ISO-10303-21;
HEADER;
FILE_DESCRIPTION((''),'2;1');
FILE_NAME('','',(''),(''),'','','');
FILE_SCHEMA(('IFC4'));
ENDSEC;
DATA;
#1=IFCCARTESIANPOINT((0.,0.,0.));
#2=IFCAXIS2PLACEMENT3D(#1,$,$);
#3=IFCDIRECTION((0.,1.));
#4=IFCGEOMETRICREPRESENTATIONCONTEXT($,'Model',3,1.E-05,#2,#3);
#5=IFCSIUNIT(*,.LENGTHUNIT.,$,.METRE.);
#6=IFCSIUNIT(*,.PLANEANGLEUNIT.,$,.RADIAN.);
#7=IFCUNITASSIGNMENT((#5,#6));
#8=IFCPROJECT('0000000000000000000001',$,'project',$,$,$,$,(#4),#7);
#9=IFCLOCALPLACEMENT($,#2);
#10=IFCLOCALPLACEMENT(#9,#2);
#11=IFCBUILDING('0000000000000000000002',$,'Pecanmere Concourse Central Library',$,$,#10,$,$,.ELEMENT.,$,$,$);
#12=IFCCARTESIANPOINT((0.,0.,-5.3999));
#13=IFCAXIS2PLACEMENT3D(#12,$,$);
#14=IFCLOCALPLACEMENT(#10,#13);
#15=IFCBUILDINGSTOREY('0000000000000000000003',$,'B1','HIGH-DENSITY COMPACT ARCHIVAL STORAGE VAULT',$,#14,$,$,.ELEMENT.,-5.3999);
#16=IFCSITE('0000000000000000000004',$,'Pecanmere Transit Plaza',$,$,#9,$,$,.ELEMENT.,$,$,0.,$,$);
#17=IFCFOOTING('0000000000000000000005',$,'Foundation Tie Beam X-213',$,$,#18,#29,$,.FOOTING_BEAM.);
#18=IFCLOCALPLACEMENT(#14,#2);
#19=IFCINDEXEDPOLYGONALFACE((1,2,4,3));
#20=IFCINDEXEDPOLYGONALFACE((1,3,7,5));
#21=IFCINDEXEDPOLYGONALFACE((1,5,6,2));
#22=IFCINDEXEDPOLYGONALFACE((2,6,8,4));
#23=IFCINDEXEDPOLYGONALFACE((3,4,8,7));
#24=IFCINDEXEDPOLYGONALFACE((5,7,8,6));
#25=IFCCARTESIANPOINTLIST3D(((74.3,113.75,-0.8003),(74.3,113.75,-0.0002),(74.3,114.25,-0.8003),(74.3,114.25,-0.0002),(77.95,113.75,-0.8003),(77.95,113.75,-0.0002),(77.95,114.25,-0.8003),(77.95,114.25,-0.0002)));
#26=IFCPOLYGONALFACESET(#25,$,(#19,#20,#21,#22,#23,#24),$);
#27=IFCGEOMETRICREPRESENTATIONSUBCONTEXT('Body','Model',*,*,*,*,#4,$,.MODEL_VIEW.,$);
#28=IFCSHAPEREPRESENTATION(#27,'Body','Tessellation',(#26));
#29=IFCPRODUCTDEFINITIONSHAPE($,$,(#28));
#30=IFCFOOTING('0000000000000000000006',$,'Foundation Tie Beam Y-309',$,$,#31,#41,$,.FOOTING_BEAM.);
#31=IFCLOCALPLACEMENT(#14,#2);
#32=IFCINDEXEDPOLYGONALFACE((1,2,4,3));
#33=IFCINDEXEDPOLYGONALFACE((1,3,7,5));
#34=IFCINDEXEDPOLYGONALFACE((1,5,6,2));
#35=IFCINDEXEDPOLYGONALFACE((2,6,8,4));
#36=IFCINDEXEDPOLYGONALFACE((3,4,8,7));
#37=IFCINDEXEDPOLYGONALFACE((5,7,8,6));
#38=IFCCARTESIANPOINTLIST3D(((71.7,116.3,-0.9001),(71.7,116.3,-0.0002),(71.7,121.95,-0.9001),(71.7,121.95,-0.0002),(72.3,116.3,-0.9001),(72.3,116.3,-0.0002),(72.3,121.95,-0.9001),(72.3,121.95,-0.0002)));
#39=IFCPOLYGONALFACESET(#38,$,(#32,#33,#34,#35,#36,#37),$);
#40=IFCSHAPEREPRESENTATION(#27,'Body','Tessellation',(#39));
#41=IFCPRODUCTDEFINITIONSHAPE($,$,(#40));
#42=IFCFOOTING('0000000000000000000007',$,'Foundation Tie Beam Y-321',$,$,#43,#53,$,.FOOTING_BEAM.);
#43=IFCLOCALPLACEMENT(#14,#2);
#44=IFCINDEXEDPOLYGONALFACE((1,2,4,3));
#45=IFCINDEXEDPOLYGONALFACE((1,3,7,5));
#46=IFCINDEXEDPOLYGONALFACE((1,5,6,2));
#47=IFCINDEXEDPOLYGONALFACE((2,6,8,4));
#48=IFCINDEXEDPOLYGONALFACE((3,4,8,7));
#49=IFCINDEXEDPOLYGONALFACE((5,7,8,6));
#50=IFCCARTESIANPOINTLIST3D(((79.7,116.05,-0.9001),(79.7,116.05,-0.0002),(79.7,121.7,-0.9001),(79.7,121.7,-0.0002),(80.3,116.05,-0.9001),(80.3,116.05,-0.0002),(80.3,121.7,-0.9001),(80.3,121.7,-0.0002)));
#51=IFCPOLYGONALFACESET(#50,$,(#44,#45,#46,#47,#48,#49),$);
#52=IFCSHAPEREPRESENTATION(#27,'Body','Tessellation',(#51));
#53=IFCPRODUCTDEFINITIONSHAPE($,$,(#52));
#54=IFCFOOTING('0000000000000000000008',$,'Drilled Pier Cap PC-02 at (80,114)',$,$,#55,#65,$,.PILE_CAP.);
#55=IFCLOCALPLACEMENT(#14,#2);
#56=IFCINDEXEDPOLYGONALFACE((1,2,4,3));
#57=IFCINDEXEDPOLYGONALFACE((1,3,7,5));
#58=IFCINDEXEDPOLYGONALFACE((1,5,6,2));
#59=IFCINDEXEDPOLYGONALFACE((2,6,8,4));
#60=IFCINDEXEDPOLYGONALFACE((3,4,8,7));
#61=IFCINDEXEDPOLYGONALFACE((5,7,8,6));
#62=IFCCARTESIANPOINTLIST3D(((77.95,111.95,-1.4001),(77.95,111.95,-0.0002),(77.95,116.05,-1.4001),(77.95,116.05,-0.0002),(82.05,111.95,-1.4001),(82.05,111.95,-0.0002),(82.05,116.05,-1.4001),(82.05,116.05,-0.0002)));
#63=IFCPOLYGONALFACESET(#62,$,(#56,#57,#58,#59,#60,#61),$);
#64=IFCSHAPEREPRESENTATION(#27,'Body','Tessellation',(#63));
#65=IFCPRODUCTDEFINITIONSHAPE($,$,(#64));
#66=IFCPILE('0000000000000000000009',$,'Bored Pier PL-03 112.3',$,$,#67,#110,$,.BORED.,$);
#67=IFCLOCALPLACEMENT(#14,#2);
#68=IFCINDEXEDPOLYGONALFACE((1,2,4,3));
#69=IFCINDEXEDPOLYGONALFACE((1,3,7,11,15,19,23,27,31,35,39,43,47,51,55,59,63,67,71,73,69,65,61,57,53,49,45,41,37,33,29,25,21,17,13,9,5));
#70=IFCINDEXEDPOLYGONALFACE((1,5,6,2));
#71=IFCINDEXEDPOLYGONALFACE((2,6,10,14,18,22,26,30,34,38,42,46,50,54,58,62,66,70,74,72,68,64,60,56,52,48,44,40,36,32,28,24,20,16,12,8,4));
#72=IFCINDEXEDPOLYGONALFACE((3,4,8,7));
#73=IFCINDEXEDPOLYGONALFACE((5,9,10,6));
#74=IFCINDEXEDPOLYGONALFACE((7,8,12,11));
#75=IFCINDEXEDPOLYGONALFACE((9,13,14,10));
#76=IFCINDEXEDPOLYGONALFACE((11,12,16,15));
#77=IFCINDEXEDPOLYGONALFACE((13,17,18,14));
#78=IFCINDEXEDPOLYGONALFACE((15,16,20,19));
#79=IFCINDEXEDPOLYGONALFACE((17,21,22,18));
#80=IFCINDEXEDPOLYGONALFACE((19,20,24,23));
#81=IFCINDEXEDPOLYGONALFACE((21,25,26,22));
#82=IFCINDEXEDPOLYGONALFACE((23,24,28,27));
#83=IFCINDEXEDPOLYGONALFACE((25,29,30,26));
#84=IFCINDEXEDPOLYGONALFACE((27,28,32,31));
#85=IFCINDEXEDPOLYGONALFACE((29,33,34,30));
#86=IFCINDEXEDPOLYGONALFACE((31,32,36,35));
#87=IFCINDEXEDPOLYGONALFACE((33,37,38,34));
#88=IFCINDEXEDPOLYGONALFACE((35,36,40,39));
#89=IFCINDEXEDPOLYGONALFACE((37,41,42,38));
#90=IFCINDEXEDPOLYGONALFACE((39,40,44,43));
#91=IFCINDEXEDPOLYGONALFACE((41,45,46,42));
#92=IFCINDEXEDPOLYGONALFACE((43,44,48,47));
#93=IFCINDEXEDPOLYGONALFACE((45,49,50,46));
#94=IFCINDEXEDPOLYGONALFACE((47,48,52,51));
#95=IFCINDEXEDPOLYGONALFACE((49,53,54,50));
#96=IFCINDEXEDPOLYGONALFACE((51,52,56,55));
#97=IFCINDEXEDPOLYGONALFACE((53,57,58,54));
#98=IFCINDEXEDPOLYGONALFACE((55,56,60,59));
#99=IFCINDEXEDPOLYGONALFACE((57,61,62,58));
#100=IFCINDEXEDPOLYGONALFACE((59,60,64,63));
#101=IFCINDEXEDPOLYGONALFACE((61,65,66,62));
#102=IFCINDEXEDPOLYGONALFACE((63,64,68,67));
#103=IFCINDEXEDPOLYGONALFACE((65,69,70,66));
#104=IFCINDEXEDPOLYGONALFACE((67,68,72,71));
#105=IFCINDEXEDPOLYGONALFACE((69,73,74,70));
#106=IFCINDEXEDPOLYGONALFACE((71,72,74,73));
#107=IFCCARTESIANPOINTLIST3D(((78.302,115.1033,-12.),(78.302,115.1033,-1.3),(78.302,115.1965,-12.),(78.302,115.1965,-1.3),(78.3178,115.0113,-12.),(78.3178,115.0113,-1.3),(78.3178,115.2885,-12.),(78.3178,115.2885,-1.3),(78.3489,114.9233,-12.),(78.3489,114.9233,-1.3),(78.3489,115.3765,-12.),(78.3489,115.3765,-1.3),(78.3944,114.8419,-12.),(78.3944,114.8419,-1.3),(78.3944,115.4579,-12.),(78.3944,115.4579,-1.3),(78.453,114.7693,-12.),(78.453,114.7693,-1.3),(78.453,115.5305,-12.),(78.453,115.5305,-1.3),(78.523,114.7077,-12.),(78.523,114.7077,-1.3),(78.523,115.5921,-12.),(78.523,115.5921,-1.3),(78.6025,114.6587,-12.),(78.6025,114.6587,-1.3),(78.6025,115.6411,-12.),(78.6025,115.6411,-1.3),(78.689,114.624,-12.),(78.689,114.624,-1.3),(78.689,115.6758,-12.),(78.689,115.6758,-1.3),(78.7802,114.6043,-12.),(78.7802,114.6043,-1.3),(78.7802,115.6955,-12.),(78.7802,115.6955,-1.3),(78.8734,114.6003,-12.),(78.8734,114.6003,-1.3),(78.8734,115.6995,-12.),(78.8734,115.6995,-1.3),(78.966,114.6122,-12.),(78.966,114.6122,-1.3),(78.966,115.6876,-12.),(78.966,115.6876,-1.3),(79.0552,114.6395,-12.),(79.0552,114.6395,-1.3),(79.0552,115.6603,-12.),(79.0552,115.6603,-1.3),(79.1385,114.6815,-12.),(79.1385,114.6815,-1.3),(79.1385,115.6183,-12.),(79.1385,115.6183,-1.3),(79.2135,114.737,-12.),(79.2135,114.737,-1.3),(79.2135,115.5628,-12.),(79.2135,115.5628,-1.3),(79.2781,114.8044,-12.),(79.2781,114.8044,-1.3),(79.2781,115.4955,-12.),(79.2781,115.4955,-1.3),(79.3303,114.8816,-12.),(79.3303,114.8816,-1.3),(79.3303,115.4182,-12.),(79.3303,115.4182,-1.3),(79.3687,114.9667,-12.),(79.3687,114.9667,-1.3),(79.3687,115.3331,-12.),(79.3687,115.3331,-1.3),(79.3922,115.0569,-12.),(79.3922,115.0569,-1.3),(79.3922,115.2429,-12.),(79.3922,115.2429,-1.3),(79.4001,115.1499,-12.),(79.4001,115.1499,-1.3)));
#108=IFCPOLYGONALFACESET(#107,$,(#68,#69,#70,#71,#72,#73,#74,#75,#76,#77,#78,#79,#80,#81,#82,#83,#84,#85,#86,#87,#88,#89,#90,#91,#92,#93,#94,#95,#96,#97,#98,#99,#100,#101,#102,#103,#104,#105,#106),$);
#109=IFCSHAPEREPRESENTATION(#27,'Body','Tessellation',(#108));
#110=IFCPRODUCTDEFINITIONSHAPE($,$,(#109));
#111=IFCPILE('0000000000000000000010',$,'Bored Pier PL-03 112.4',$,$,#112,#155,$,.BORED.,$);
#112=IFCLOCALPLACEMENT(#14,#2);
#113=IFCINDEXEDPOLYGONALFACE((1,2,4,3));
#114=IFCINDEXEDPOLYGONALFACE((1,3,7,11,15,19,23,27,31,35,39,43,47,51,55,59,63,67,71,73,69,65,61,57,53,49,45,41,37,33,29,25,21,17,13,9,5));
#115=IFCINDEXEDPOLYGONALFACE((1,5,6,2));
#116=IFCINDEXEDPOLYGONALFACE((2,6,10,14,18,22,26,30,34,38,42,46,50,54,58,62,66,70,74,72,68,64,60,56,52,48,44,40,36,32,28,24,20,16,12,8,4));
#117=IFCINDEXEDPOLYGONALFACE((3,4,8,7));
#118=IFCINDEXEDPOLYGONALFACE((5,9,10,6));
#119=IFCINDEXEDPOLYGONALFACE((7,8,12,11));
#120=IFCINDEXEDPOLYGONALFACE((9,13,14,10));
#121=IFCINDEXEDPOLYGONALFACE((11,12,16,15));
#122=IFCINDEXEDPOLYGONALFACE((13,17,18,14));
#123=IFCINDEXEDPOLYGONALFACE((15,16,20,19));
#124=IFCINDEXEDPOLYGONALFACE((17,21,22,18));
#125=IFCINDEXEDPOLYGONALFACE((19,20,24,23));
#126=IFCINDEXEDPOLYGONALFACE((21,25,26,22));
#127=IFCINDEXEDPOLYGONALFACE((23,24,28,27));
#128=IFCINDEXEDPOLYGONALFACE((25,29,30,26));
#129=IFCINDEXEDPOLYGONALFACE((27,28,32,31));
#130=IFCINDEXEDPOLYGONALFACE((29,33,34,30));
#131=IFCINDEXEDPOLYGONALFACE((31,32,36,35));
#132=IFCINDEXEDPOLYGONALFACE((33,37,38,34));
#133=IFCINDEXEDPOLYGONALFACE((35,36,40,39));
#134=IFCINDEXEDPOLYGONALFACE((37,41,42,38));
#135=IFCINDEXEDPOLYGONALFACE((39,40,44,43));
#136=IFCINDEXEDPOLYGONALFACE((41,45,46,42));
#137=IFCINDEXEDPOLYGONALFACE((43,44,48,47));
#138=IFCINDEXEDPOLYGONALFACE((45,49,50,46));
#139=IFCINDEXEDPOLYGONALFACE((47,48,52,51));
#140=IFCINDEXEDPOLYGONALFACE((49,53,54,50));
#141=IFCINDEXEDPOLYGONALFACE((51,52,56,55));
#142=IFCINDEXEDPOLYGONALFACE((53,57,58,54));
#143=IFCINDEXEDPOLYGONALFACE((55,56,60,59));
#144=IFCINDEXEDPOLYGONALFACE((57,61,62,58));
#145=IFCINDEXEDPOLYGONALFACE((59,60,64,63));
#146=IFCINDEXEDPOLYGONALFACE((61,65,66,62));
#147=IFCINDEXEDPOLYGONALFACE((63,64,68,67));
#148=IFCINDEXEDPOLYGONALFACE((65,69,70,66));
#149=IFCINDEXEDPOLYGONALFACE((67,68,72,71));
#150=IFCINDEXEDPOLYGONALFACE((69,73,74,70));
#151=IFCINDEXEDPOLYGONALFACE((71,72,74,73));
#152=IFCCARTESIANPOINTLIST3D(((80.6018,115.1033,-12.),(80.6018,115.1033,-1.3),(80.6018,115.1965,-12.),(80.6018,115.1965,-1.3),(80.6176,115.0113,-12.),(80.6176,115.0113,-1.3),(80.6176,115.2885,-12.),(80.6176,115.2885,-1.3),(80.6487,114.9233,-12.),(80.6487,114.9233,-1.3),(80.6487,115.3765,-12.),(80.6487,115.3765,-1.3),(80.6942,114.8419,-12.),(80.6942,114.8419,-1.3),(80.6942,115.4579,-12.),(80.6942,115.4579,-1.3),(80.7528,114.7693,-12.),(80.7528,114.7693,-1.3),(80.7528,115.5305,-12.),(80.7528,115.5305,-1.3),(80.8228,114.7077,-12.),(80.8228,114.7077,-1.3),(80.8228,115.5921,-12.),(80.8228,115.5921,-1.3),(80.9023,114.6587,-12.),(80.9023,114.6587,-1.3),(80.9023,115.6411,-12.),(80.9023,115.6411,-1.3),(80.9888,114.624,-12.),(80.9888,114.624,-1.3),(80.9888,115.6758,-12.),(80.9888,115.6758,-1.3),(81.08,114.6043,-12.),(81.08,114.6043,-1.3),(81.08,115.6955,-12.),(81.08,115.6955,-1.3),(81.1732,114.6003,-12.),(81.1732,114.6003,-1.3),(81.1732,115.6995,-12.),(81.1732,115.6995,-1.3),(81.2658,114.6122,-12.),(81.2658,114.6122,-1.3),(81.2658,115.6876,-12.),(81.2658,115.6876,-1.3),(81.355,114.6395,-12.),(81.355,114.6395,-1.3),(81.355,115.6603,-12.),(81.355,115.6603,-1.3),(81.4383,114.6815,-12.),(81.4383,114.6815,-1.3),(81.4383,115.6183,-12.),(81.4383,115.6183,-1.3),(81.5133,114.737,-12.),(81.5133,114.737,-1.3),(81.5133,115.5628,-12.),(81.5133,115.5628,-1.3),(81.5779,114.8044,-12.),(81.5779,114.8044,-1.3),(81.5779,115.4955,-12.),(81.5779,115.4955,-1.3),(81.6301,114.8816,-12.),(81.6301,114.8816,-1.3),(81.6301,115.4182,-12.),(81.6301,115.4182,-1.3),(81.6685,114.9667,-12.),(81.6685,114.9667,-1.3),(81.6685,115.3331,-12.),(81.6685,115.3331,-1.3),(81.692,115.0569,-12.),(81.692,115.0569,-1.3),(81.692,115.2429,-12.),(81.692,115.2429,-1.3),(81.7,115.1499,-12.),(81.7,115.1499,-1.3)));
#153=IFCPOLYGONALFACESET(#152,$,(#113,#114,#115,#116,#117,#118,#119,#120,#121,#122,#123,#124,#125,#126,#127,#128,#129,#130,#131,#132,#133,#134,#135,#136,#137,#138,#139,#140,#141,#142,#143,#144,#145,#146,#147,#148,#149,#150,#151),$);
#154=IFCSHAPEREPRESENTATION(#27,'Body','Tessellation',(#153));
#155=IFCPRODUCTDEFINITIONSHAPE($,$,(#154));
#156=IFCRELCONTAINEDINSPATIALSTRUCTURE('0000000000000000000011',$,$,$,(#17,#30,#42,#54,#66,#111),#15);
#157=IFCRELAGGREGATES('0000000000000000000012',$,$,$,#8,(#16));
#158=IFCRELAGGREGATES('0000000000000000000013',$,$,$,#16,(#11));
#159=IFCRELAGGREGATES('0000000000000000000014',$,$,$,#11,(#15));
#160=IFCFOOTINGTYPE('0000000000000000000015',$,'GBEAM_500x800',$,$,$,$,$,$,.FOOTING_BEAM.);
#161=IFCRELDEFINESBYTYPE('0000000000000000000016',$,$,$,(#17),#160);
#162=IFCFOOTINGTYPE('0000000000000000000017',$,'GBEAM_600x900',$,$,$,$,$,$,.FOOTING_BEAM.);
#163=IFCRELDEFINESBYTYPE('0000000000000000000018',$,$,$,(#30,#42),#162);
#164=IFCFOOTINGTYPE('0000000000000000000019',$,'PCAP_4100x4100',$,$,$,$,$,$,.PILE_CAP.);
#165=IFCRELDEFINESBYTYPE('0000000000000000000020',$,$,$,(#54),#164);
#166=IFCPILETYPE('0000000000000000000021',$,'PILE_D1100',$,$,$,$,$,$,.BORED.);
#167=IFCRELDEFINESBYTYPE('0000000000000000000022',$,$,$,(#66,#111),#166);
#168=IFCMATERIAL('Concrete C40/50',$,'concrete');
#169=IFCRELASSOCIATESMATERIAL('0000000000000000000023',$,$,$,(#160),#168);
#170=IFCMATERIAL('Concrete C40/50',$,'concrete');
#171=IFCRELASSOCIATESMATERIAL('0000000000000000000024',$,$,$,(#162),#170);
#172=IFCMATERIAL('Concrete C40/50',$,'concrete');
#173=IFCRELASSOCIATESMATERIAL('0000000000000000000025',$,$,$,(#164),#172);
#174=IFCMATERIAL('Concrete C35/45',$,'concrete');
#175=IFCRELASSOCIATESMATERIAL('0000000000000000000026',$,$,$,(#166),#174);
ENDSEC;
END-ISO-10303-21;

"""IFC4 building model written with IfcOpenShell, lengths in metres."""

from ifc_helpers import new_model, si_unit, direction, frame, origin, origin_2d, place, context, subcontext, project, spatial, rectangle, circle, extrude, material, material_profile, profile_set, type_object, element, save


model = new_model("IFC4")

# Units and contexts
model_context = context("Model", 3, precision=1e-05, world=origin(), true_north=direction((0.0, 1.0)))
body_context = subcontext(model_context, "Body", "Model", "MODEL_VIEW")
ifc_project = project(units=[si_unit("LENGTHUNIT", "METRE"), si_unit("PLANEANGLEUNIT", "RADIAN")], contexts=[model_context])

# Site, building, storey
site_placement = place(None, origin())
site = spatial("IfcSite", under=ifc_project, at=site_placement, Name="Pecanmere Transit Plaza", CompositionType="ELEMENT", RefElevation=0.0)
building_placement = place(site_placement, origin())
building = spatial("IfcBuilding", under=site, at=building_placement, Name="Pecanmere Concourse Central Library", CompositionType="ELEMENT")
storey_placement = place(building_placement, frame((0.0, 0.0, -5.3999)))
storey = spatial("IfcBuildingStorey", under=building, at=storey_placement, Name="B1", Description="HIGH-DENSITY COMPACT ARCHIVAL STORAGE VAULT", CompositionType="ELEMENT", Elevation=-5.3999)

# Footings
ifc_material_1 = material(Name="Concrete C40/50", Category="concrete")
ifc_material_profile_1 = material_profile(ifc_material_1, rectangle(XDim=0.5, YDim=0.8, at=origin_2d()), Name="RC 500x800")
ifc_profile_set_1 = profile_set([ifc_material_profile_1], Name="Concrete C40/50")
footing_type_1 = type_object("IfcFootingType", Name="GBEAM_500x800", PredefinedType="FOOTING_BEAM", material=ifc_profile_set_1)
footing_1_placement = place(storey_placement, frame((76.125, 114.0, -0.8003), z_axis=(0.0, 0.0, 1.0), x_axis=(1.0, 0.0, 0.0)))
element("IfcFooting", 1, at=footing_1_placement, inside=storey, type_object=footing_type_1, Name="Foundation Tie Beam X-213", PredefinedType="FOOTING_BEAM", context=body_context, shape_type="SweptSolid", body=[
    extrude(rectangle(XDim=3.6499, YDim=0.5, at=origin_2d()), origin(), (0.0, 0.0, 1.0), 0.8),
])
ifc_material_2 = material(Name="Concrete C40/50", Category="concrete")
ifc_material_profile_2 = material_profile(ifc_material_2, rectangle(XDim=0.6001, YDim=0.8999, at=origin_2d()), Name="RC 600x900")
ifc_profile_set_2 = profile_set([ifc_material_profile_2], Name="Concrete C40/50")
footing_type_2 = type_object("IfcFootingType", Name="GBEAM_600x900", PredefinedType="FOOTING_BEAM", material=ifc_profile_set_2)
for number, where, z_axis, x_axis, name in (
    (2, (72.0, 119.125, -0.9001), (0.0, 0.0, 1.0), (0.0, 1.0, 0.0), "Foundation Tie Beam Y-309"),
    (3, (80.0, 118.875, -0.9001), (0.0, 0.0, 1.0), (0.0, 1.0, 0.0), "Foundation Tie Beam Y-321"),
):
    element("IfcFooting", number, at=place(storey_placement, frame(where, z_axis=z_axis, x_axis=x_axis)), inside=storey, type_object=footing_type_2, Name=name, PredefinedType="FOOTING_BEAM", context=body_context, shape_type="SweptSolid", body=[
        extrude(rectangle(XDim=5.6499, YDim=0.6001, at=origin_2d()), origin(), (0.0, 0.0, 1.0), 0.8999),
    ])
ifc_material_3 = material(Name="Concrete C40/50", Category="concrete")
footing_type_3 = type_object("IfcFootingType", Name="PCAP_4100x4100", PredefinedType="PILE_CAP", material=ifc_material_3)
footing_2_placement = place(storey_placement, frame((80.0, 114.0, -1.4001), z_axis=(0.0, 0.0, 1.0), x_axis=(1.0, 0.0, 0.0)))
element("IfcFooting", 4, at=footing_2_placement, inside=storey, type_object=footing_type_3, Name="Drilled Pier Cap PC-02 at (80,114)", PredefinedType="PILE_CAP", context=body_context, shape_type="SweptSolid", body=[
    extrude(rectangle(XDim=4.1001, YDim=4.1001, at=origin_2d()), origin(), (0.0, 0.0, 1.0), 1.3999),
])

# Piles
ifc_material_4 = material(Name="Concrete C35/45", Category="concrete")
ifc_material_profile_3 = material_profile(ifc_material_4, circle(Radius=0.55, at=origin_2d()), Name="PIER D1100")
ifc_profile_set_3 = profile_set([ifc_material_profile_3], Name="Concrete C35/45")
pile_type_1 = type_object("IfcPileType", Name="PILE_D1100", PredefinedType="BORED", material=ifc_profile_set_3)
for number, where, z_axis, x_axis, name in (
    (5, (78.8501, 115.1499, -1.3), (0.0, 0.0, -1.0), (1.0, 0.0, 0.0), "Bored Pier PL-03 112.3"),
    (6, (81.1499, 115.1499, -1.3), (0.0, 0.0, -1.0), (1.0, 0.0, 0.0), "Bored Pier PL-03 112.4"),
):
    element("IfcPile", number, at=place(storey_placement, frame(where, z_axis=z_axis, x_axis=x_axis)), inside=storey, type_object=pile_type_1, Name=name, PredefinedType="BORED", context=body_context, shape_type="SweptSolid", body=[
        extrude(circle(Radius=0.55, at=origin_2d()), origin(), (0.0, 0.0, 1.0), 10.7),
    ])

save(model, "model.ifc")
